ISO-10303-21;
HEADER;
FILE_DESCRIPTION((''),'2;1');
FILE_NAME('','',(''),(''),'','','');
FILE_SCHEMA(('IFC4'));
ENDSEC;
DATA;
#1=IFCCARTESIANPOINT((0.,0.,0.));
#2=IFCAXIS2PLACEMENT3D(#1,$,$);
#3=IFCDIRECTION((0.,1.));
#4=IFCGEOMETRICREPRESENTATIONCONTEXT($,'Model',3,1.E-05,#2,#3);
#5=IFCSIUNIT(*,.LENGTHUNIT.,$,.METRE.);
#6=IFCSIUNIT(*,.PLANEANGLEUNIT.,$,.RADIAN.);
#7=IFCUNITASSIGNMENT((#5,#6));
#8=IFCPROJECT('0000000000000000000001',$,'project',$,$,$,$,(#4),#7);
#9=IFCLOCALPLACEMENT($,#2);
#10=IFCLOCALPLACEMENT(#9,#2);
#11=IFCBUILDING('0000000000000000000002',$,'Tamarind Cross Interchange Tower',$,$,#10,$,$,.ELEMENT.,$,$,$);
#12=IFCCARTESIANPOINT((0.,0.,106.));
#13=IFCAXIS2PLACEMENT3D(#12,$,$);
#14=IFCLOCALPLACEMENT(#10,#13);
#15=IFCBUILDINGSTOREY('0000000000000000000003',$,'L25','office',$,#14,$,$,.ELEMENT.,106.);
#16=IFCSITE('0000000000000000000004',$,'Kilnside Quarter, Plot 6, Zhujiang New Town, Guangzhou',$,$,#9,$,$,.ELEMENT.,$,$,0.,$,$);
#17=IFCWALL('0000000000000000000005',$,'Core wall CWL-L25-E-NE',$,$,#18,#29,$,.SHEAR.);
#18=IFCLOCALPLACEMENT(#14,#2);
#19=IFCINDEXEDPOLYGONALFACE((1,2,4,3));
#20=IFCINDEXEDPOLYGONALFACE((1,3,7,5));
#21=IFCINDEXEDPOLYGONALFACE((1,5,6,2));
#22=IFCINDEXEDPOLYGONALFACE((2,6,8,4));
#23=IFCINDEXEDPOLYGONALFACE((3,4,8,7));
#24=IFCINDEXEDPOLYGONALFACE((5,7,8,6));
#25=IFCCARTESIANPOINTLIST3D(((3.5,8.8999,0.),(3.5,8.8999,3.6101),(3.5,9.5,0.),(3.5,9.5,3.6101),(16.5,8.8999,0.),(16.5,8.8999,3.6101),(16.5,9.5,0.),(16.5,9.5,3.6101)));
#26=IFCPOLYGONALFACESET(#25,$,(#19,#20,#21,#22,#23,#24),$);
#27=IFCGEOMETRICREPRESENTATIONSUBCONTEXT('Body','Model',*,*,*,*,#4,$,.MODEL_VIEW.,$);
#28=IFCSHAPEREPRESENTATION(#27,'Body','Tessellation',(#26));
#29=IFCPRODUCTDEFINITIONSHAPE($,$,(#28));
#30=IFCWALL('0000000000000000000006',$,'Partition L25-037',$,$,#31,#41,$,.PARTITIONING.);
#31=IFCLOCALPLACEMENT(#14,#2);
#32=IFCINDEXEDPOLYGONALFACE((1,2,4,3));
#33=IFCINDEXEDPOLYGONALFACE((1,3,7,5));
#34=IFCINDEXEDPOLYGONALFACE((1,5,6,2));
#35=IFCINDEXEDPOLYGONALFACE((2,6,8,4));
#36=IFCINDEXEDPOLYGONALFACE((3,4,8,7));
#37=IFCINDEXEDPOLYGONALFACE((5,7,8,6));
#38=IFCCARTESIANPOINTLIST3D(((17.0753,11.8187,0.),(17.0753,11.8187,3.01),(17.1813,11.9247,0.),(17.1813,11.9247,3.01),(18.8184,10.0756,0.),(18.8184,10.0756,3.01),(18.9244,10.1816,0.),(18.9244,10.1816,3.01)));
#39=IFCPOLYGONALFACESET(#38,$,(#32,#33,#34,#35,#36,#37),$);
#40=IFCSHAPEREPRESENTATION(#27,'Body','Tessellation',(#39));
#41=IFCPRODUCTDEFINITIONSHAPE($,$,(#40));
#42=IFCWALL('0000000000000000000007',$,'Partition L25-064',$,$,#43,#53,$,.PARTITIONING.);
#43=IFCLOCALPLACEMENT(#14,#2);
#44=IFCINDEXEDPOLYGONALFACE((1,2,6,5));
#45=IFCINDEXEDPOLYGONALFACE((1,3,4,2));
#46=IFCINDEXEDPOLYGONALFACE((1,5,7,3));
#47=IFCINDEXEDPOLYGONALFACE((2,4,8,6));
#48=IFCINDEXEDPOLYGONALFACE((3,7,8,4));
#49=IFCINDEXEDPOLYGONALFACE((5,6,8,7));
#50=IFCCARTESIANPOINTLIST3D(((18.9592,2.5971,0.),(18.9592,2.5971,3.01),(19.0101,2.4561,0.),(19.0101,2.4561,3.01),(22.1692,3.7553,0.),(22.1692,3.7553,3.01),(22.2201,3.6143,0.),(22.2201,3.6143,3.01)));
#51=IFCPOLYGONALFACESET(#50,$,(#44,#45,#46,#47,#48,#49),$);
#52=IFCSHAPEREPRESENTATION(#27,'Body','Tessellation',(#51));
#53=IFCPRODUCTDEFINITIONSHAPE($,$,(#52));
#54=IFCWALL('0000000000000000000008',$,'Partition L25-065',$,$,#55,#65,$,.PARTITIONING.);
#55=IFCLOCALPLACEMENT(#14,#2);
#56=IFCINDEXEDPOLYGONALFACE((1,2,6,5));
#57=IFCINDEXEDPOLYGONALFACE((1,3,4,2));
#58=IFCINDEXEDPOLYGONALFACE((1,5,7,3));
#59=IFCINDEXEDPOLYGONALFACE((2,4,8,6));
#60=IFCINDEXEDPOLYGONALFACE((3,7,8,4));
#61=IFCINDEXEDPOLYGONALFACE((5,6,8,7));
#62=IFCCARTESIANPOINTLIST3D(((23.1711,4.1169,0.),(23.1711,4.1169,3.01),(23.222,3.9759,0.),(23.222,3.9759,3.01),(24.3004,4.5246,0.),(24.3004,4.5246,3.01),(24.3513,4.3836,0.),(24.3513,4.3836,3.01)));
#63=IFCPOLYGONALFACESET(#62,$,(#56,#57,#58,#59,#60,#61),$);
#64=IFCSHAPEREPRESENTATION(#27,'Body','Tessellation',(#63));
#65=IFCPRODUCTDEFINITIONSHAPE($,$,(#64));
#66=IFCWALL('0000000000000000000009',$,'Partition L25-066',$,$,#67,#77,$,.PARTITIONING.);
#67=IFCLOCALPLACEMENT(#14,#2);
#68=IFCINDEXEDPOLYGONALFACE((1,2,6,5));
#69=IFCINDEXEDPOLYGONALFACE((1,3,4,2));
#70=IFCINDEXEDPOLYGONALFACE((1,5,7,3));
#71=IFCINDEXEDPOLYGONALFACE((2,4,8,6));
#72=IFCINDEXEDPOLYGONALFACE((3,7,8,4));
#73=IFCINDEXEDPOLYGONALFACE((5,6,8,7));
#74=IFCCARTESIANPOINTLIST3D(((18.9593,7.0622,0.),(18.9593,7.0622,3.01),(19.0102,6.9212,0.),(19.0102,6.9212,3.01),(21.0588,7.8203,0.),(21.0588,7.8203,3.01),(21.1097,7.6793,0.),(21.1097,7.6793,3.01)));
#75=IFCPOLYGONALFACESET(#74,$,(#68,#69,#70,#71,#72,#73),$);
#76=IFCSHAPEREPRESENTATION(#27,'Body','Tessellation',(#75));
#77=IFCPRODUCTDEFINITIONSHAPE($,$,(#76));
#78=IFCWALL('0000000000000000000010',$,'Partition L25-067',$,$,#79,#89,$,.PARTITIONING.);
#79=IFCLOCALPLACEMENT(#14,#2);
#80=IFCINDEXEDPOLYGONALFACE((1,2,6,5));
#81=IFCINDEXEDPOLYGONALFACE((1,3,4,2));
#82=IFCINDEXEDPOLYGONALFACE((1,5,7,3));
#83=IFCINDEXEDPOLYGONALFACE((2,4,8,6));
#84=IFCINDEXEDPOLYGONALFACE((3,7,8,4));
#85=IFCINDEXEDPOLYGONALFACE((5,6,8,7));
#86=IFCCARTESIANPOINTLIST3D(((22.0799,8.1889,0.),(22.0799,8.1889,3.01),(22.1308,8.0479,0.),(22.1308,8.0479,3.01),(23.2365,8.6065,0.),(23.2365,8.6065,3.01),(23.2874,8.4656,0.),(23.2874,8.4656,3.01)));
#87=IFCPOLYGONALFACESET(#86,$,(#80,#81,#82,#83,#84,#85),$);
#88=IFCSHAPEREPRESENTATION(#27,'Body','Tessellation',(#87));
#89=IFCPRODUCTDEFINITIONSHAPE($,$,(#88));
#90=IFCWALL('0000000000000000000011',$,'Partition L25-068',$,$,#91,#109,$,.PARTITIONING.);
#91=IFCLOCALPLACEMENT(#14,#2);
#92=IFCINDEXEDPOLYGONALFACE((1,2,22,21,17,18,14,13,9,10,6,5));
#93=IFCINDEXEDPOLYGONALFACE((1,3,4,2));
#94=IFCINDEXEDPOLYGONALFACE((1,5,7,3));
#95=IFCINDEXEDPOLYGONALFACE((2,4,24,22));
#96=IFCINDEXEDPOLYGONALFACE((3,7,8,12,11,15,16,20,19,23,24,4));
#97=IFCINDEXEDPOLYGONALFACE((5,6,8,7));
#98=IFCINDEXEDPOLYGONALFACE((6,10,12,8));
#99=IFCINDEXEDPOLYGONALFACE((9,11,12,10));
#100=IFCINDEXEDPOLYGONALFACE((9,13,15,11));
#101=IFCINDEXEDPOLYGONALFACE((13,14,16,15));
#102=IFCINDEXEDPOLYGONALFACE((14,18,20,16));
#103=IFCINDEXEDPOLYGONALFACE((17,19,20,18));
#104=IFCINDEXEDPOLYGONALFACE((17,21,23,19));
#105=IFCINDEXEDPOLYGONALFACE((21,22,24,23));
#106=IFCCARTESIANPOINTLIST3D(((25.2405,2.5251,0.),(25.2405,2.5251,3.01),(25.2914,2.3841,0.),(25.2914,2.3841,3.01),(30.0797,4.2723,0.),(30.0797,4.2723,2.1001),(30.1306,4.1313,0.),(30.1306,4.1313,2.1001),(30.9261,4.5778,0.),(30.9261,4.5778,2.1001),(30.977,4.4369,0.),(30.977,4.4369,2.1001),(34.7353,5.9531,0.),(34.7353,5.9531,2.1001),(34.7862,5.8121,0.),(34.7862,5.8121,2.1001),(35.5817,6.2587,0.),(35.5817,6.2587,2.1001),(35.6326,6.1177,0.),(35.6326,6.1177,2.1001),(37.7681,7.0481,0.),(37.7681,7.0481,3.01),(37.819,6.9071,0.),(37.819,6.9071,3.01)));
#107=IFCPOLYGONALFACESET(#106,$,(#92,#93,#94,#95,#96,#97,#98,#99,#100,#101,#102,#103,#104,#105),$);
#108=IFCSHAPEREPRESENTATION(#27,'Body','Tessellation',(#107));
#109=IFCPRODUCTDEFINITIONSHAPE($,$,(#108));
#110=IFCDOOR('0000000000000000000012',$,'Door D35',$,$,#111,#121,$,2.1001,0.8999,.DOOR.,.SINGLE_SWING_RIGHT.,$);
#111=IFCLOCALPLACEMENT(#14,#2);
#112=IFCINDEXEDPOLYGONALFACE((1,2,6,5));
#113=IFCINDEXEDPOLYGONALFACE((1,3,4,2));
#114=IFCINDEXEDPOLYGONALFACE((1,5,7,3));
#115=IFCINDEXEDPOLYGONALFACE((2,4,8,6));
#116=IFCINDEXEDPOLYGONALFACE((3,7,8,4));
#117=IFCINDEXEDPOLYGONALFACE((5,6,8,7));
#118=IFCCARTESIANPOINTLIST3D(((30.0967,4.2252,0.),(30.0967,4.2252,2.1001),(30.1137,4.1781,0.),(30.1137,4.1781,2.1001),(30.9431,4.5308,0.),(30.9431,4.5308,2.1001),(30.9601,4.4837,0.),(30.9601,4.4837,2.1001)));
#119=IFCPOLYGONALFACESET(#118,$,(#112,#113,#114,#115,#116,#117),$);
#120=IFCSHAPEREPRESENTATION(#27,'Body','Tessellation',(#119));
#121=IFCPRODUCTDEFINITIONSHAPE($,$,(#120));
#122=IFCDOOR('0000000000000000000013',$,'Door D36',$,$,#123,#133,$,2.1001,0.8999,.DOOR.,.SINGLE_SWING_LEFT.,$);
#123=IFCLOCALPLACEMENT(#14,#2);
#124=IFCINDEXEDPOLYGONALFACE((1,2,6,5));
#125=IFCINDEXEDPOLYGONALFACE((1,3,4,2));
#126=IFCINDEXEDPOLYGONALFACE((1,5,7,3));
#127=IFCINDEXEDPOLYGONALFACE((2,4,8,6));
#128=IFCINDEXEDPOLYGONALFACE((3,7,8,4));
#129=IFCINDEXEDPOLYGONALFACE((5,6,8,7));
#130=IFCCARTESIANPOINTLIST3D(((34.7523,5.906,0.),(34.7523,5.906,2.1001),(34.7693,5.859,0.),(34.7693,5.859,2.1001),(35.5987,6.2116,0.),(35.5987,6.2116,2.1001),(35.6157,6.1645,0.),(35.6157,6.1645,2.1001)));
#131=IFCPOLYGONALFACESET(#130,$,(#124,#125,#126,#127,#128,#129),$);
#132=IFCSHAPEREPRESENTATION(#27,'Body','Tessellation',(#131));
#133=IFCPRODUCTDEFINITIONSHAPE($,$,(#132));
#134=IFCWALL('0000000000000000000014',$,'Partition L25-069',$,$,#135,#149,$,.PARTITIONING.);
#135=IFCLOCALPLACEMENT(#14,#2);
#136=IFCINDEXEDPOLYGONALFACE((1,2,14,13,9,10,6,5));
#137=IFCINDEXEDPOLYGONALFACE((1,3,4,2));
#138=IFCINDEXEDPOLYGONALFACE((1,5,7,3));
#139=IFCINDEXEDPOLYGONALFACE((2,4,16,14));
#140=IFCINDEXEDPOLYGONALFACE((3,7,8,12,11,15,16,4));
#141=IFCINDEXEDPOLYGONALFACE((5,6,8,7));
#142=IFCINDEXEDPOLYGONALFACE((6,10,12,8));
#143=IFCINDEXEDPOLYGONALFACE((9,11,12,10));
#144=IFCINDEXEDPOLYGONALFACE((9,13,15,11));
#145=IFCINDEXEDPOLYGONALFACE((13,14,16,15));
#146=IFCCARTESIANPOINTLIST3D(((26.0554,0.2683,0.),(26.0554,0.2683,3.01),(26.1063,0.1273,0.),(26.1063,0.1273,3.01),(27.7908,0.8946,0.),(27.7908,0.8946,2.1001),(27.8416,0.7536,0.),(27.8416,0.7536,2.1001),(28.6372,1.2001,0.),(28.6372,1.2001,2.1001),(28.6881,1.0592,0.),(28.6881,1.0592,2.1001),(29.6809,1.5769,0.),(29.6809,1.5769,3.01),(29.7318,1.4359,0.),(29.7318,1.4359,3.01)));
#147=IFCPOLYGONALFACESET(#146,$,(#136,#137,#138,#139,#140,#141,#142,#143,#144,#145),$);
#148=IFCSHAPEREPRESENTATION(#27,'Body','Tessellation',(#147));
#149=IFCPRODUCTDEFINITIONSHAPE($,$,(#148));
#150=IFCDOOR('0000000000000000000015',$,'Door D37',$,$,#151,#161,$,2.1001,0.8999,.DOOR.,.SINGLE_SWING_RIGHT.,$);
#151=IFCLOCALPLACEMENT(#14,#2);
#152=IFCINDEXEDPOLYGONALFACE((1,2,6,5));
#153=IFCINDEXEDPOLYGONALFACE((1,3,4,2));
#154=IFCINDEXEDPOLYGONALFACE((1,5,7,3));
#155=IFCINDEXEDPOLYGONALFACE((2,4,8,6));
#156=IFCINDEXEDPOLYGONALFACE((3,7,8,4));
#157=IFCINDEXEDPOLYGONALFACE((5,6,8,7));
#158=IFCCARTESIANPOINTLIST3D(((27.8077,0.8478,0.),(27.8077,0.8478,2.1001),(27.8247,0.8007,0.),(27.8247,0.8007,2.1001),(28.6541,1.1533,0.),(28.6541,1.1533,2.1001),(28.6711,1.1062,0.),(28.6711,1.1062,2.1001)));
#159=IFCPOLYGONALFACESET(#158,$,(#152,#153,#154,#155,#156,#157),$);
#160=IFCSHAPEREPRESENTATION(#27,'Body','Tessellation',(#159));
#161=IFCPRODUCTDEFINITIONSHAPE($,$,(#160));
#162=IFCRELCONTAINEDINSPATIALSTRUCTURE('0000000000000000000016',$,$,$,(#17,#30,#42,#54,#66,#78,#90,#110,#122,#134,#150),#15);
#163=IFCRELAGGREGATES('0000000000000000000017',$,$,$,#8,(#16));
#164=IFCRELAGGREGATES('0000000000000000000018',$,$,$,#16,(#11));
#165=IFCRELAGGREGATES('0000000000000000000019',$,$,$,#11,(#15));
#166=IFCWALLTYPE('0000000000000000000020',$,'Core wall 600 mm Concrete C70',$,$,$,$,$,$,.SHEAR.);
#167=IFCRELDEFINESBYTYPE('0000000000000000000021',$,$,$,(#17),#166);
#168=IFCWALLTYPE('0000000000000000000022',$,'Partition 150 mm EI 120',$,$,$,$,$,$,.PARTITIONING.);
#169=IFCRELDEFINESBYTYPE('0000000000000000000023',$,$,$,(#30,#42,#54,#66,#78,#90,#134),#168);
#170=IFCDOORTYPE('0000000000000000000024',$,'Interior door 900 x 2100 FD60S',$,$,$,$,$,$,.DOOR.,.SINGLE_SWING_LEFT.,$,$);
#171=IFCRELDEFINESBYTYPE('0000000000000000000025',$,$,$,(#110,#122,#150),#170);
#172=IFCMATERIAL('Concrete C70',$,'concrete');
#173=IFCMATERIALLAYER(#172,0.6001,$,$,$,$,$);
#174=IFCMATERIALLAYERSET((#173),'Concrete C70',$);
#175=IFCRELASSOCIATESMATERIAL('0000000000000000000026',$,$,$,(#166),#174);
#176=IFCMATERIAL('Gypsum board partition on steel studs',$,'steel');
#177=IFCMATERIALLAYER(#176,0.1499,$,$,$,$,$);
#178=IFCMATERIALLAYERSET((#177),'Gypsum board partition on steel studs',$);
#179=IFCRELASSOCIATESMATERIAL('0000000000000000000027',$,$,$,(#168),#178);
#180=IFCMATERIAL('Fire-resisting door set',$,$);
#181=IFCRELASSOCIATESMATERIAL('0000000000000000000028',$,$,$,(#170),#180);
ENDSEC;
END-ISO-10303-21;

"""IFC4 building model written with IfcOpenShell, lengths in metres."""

from ifc_helpers import new_model, si_unit, direction, frame, frame_2d, origin, place, context, subcontext, project, spatial, rectangle, extrude, material, layer, layer_set, type_object, element, fill, save


model = new_model("IFC4")

# Units and contexts
model_context = context("Model", 3, precision=1e-05, world=origin(), true_north=direction((0.0, 1.0)))
body_context = subcontext(model_context, "Body", "Model", "MODEL_VIEW")
ifc_project = project(units=[si_unit("LENGTHUNIT", "METRE"), si_unit("PLANEANGLEUNIT", "RADIAN")], contexts=[model_context])

# Site, building, storey
site_placement = place(None, origin())
site = spatial("IfcSite", under=ifc_project, at=site_placement, Name="Kilnside Quarter, Plot 6, Zhujiang New Town, Guangzhou", CompositionType="ELEMENT", RefElevation=0.0)
building_placement = place(site_placement, origin())
building = spatial("IfcBuilding", under=site, at=building_placement, Name="Tamarind Cross Interchange Tower", CompositionType="ELEMENT")
storey_placement = place(building_placement, frame((0.0, 0.0, 106.0)))
storey = spatial("IfcBuildingStorey", under=building, at=storey_placement, Name="L25", Description="office", CompositionType="ELEMENT", Elevation=106.0)

# Walls
ifc_material_1 = material(Name="Concrete C70", Category="concrete")
ifc_layer_1 = layer(ifc_material_1, 0.6001)
ifc_layer_set_1 = layer_set([ifc_layer_1], Name="Concrete C70")
wall_type_1 = type_object("IfcWallType", Name="Core wall 600 mm Concrete C70", PredefinedType="SHEAR", material=ifc_layer_set_1)
wall_1_placement = place(storey_placement, frame((16.5, 9.2, 0.0), z_axis=(0.0, 0.0, 1.0), x_axis=(-1.0, 0.0, 0.0)))
element("IfcWall", 1, at=wall_1_placement, inside=storey, type_object=wall_type_1, Name="Core wall CWL-L25-E-NE", PredefinedType="SHEAR", context=body_context, shape_type="SweptSolid", body=[
    extrude(rectangle(XDim=13.0, YDim=0.6001, at=frame_2d((6.5, 0.0))), origin(), (0.0, 0.0, 1.0), 3.6101),
])
ifc_material_2 = material(Name="Gypsum board partition on steel studs", Category="steel")
ifc_layer_2 = layer(ifc_material_2, 0.1499)
ifc_layer_set_2 = layer_set([ifc_layer_2], Name="Gypsum board partition on steel studs")
wall_type_2 = type_object("IfcWallType", Name="Partition 150 mm EI 120", PredefinedType="PARTITIONING", material=ifc_layer_set_2)
wall_2_placement = place(storey_placement, frame((17.1284, 11.8716, 0.0), z_axis=(0.0, 0.0, 1.0), x_axis=(0.707107, -0.707107, 0.0)))
element("IfcWall", 2, at=wall_2_placement, inside=storey, type_object=wall_type_2, Name="Partition L25-037", PredefinedType="PARTITIONING", context=body_context, shape_type="SweptSolid", body=[
    extrude(rectangle(XDim=2.4651, YDim=0.1499, at=frame_2d((1.2324, 0.0))), origin(), (0.0, 0.0, 1.0), 3.01),
])
wall_3_placement = place(storey_placement, frame((18.9846, 2.5266, 0.0), z_axis=(0.0, 0.0, 1.0), x_axis=(0.940643, 0.339398, 0.0)))
element("IfcWall", 3, at=wall_3_placement, inside=storey, type_object=wall_type_2, Name="Partition L25-064", PredefinedType="PARTITIONING", context=body_context, shape_type="SweptSolid", body=[
    extrude(rectangle(XDim=3.4126, YDim=0.1499, at=frame_2d((1.7063, 0.0))), origin(), (0.0, 0.0, 1.0), 3.01),
])
wall_4_placement = place(storey_placement, frame((23.1965, 4.0464, 0.0), z_axis=(0.0, 0.0, 1.0), x_axis=(0.940586, 0.339555, 0.0)))
element("IfcWall", 4, at=wall_4_placement, inside=storey, type_object=wall_type_2, Name="Partition L25-065", PredefinedType="PARTITIONING", context=body_context, shape_type="SweptSolid", body=[
    extrude(rectangle(XDim=1.2007, YDim=0.1499, at=frame_2d((0.6003, 0.0))), origin(), (0.0, 0.0, 1.0), 3.01),
])
wall_5_placement = place(storey_placement, frame((18.9846, 6.9917, 0.0), z_axis=(0.0, 0.0, 1.0), x_axis=(0.940573, 0.339591, 0.0)))
element("IfcWall", 5, at=wall_5_placement, inside=storey, type_object=wall_type_2, Name="Partition L25-066", PredefinedType="PARTITIONING", context=body_context, shape_type="SweptSolid", body=[
    extrude(rectangle(XDim=2.2322, YDim=0.1499, at=frame_2d((1.1162, 0.0))), origin(), (0.0, 0.0, 1.0), 3.01),
])
wall_6_placement = place(storey_placement, frame((22.1055, 8.1184, 0.0), z_axis=(0.0, 0.0, 1.0), x_axis=(0.94055, 0.339654, 0.0)))
element("IfcWall", 6, at=wall_6_placement, inside=storey, type_object=wall_type_2, Name="Partition L25-067", PredefinedType="PARTITIONING", context=body_context, shape_type="SweptSolid", body=[
    extrude(rectangle(XDim=1.2297, YDim=0.1499, at=frame_2d((0.6147, 0.0))), origin(), (0.0, 0.0, 1.0), 3.01),
])

# Wall, openings, doors
wall_7_placement = place(storey_placement, frame((25.2659, 2.4546, 0.0), z_axis=(0.0, 0.0, 1.0), x_axis=(0.940576, 0.339585, 0.0)))
wall_7 = element("IfcWall", 7, at=wall_7_placement, inside=storey, type_object=wall_type_2, Name="Partition L25-068", PredefinedType="PARTITIONING", context=body_context, shape_type="SweptSolid", body=[
    extrude(rectangle(XDim=13.3191, YDim=0.1499, at=frame_2d((6.6597, 0.0))), origin(), (0.0, 0.0, 1.0), 3.01),
])
opening_1_placement = place(wall_7_placement, frame((5.145, 0.0, 0.0)))
opening_1 = element("IfcOpeningElement", 8, at=opening_1_placement, cuts=wall_7, PredefinedType="OPENING", context=body_context, shape_type="SweptSolid", body=[
    extrude(rectangle(XDim=0.8999, YDim=2.1001, at=frame_2d((0.45, 1.05))), frame((0.0, 0.085, 0.0), z_axis=(0.0, -1.0, 0.0), x_axis=(1.0, 0.0, 0.0)), (0.0, 0.0, 1.0), 0.1699),
])
opening_2_placement = place(wall_7_placement, frame((10.0947, 0.0, 0.0)))
opening_2 = element("IfcOpeningElement", 9, at=opening_2_placement, cuts=wall_7, PredefinedType="OPENING", context=body_context, shape_type="SweptSolid", body=[
    extrude(rectangle(XDim=0.8999, YDim=2.1001, at=frame_2d((0.45, 1.05))), frame((0.0, 0.085, 0.0), z_axis=(0.0, -1.0, 0.0), x_axis=(1.0, 0.0, 0.0)), (0.0, 0.0, 1.0), 0.1699),
])
ifc_material_3 = material(Name="Fire-resisting door set")
door_type_1 = type_object("IfcDoorType", Name="Interior door 900 x 2100 FD60S", OperationType="SINGLE_SWING_LEFT", PredefinedType="DOOR", material=ifc_material_3)
door_1_placement = place(opening_1_placement, origin())
door_1 = element("IfcDoor", 10, at=door_1_placement, inside=storey, type_object=door_type_1, Name="Door D35", OperationType="SINGLE_SWING_RIGHT", OverallHeight=2.1001, OverallWidth=0.8999, PredefinedType="DOOR", context=body_context, shape_type="SweptSolid", body=[
    extrude(rectangle(XDim=0.8999, YDim=2.1001, at=frame_2d((0.45, 1.05))), frame((0.0, 0.0249, 0.0), z_axis=(0.0, -1.0, 0.0), x_axis=(1.0, 0.0, 0.0)), (0.0, 0.0, 1.0), 0.05),
])
fill(opening_1, door_1)
door_2_placement = place(opening_2_placement, origin())
door_2 = element("IfcDoor", 11, at=door_2_placement, inside=storey, type_object=door_type_1, Name="Door D36", OperationType="SINGLE_SWING_LEFT", OverallHeight=2.1001, OverallWidth=0.8999, PredefinedType="DOOR", context=body_context, shape_type="SweptSolid", body=[
    extrude(rectangle(XDim=0.8999, YDim=2.1001, at=frame_2d((0.45, 1.05))), frame((0.0, 0.0249, 0.0), z_axis=(0.0, -1.0, 0.0), x_axis=(1.0, 0.0, 0.0)), (0.0, 0.0, 1.0), 0.05),
])
fill(opening_2, door_2)

# Wall, opening, door
wall_8_placement = place(storey_placement, frame((26.0808, 0.1978, 0.0), z_axis=(0.0, 0.0, 1.0), x_axis=(0.940604, 0.339504, 0.0)))
wall_8 = element("IfcWall", 12, at=wall_8_placement, inside=storey, type_object=wall_type_2, Name="Partition L25-069", PredefinedType="PARTITIONING", context=body_context, shape_type="SweptSolid", body=[
    extrude(rectangle(XDim=3.8545, YDim=0.1499, at=frame_2d((1.9272, 0.0))), origin(), (0.0, 0.0, 1.0), 3.01),
])
opening_3_placement = place(wall_8_placement, frame((1.845, 0.0, 0.0)))
opening_3 = element("IfcOpeningElement", 13, at=opening_3_placement, cuts=wall_8, PredefinedType="OPENING", context=body_context, shape_type="SweptSolid", body=[
    extrude(rectangle(XDim=0.8999, YDim=2.1001, at=frame_2d((0.45, 1.05))), frame((0.0, 0.085, 0.0), z_axis=(0.0, -1.0, 0.0), x_axis=(1.0, 0.0, 0.0)), (0.0, 0.0, 1.0), 0.1699),
])
door_3_placement = place(opening_3_placement, frame((0.8999, 0.0, 0.0), z_axis=(0.0, 0.0, 1.0), x_axis=(-1.0, 0.0, 0.0)))
door_3 = element("IfcDoor", 14, at=door_3_placement, inside=storey, type_object=door_type_1, Name="Door D37", OperationType="SINGLE_SWING_RIGHT", OverallHeight=2.1001, OverallWidth=0.8999, PredefinedType="DOOR", context=body_context, shape_type="SweptSolid", body=[
    extrude(rectangle(XDim=0.8999, YDim=2.1001, at=frame_2d((0.45, 1.05))), frame((0.0, 0.0249, 0.0), z_axis=(0.0, -1.0, 0.0), x_axis=(1.0, 0.0, 0.0)), (0.0, 0.0, 1.0), 0.05),
])
fill(opening_3, door_3)

save(model, "model.ifc")
